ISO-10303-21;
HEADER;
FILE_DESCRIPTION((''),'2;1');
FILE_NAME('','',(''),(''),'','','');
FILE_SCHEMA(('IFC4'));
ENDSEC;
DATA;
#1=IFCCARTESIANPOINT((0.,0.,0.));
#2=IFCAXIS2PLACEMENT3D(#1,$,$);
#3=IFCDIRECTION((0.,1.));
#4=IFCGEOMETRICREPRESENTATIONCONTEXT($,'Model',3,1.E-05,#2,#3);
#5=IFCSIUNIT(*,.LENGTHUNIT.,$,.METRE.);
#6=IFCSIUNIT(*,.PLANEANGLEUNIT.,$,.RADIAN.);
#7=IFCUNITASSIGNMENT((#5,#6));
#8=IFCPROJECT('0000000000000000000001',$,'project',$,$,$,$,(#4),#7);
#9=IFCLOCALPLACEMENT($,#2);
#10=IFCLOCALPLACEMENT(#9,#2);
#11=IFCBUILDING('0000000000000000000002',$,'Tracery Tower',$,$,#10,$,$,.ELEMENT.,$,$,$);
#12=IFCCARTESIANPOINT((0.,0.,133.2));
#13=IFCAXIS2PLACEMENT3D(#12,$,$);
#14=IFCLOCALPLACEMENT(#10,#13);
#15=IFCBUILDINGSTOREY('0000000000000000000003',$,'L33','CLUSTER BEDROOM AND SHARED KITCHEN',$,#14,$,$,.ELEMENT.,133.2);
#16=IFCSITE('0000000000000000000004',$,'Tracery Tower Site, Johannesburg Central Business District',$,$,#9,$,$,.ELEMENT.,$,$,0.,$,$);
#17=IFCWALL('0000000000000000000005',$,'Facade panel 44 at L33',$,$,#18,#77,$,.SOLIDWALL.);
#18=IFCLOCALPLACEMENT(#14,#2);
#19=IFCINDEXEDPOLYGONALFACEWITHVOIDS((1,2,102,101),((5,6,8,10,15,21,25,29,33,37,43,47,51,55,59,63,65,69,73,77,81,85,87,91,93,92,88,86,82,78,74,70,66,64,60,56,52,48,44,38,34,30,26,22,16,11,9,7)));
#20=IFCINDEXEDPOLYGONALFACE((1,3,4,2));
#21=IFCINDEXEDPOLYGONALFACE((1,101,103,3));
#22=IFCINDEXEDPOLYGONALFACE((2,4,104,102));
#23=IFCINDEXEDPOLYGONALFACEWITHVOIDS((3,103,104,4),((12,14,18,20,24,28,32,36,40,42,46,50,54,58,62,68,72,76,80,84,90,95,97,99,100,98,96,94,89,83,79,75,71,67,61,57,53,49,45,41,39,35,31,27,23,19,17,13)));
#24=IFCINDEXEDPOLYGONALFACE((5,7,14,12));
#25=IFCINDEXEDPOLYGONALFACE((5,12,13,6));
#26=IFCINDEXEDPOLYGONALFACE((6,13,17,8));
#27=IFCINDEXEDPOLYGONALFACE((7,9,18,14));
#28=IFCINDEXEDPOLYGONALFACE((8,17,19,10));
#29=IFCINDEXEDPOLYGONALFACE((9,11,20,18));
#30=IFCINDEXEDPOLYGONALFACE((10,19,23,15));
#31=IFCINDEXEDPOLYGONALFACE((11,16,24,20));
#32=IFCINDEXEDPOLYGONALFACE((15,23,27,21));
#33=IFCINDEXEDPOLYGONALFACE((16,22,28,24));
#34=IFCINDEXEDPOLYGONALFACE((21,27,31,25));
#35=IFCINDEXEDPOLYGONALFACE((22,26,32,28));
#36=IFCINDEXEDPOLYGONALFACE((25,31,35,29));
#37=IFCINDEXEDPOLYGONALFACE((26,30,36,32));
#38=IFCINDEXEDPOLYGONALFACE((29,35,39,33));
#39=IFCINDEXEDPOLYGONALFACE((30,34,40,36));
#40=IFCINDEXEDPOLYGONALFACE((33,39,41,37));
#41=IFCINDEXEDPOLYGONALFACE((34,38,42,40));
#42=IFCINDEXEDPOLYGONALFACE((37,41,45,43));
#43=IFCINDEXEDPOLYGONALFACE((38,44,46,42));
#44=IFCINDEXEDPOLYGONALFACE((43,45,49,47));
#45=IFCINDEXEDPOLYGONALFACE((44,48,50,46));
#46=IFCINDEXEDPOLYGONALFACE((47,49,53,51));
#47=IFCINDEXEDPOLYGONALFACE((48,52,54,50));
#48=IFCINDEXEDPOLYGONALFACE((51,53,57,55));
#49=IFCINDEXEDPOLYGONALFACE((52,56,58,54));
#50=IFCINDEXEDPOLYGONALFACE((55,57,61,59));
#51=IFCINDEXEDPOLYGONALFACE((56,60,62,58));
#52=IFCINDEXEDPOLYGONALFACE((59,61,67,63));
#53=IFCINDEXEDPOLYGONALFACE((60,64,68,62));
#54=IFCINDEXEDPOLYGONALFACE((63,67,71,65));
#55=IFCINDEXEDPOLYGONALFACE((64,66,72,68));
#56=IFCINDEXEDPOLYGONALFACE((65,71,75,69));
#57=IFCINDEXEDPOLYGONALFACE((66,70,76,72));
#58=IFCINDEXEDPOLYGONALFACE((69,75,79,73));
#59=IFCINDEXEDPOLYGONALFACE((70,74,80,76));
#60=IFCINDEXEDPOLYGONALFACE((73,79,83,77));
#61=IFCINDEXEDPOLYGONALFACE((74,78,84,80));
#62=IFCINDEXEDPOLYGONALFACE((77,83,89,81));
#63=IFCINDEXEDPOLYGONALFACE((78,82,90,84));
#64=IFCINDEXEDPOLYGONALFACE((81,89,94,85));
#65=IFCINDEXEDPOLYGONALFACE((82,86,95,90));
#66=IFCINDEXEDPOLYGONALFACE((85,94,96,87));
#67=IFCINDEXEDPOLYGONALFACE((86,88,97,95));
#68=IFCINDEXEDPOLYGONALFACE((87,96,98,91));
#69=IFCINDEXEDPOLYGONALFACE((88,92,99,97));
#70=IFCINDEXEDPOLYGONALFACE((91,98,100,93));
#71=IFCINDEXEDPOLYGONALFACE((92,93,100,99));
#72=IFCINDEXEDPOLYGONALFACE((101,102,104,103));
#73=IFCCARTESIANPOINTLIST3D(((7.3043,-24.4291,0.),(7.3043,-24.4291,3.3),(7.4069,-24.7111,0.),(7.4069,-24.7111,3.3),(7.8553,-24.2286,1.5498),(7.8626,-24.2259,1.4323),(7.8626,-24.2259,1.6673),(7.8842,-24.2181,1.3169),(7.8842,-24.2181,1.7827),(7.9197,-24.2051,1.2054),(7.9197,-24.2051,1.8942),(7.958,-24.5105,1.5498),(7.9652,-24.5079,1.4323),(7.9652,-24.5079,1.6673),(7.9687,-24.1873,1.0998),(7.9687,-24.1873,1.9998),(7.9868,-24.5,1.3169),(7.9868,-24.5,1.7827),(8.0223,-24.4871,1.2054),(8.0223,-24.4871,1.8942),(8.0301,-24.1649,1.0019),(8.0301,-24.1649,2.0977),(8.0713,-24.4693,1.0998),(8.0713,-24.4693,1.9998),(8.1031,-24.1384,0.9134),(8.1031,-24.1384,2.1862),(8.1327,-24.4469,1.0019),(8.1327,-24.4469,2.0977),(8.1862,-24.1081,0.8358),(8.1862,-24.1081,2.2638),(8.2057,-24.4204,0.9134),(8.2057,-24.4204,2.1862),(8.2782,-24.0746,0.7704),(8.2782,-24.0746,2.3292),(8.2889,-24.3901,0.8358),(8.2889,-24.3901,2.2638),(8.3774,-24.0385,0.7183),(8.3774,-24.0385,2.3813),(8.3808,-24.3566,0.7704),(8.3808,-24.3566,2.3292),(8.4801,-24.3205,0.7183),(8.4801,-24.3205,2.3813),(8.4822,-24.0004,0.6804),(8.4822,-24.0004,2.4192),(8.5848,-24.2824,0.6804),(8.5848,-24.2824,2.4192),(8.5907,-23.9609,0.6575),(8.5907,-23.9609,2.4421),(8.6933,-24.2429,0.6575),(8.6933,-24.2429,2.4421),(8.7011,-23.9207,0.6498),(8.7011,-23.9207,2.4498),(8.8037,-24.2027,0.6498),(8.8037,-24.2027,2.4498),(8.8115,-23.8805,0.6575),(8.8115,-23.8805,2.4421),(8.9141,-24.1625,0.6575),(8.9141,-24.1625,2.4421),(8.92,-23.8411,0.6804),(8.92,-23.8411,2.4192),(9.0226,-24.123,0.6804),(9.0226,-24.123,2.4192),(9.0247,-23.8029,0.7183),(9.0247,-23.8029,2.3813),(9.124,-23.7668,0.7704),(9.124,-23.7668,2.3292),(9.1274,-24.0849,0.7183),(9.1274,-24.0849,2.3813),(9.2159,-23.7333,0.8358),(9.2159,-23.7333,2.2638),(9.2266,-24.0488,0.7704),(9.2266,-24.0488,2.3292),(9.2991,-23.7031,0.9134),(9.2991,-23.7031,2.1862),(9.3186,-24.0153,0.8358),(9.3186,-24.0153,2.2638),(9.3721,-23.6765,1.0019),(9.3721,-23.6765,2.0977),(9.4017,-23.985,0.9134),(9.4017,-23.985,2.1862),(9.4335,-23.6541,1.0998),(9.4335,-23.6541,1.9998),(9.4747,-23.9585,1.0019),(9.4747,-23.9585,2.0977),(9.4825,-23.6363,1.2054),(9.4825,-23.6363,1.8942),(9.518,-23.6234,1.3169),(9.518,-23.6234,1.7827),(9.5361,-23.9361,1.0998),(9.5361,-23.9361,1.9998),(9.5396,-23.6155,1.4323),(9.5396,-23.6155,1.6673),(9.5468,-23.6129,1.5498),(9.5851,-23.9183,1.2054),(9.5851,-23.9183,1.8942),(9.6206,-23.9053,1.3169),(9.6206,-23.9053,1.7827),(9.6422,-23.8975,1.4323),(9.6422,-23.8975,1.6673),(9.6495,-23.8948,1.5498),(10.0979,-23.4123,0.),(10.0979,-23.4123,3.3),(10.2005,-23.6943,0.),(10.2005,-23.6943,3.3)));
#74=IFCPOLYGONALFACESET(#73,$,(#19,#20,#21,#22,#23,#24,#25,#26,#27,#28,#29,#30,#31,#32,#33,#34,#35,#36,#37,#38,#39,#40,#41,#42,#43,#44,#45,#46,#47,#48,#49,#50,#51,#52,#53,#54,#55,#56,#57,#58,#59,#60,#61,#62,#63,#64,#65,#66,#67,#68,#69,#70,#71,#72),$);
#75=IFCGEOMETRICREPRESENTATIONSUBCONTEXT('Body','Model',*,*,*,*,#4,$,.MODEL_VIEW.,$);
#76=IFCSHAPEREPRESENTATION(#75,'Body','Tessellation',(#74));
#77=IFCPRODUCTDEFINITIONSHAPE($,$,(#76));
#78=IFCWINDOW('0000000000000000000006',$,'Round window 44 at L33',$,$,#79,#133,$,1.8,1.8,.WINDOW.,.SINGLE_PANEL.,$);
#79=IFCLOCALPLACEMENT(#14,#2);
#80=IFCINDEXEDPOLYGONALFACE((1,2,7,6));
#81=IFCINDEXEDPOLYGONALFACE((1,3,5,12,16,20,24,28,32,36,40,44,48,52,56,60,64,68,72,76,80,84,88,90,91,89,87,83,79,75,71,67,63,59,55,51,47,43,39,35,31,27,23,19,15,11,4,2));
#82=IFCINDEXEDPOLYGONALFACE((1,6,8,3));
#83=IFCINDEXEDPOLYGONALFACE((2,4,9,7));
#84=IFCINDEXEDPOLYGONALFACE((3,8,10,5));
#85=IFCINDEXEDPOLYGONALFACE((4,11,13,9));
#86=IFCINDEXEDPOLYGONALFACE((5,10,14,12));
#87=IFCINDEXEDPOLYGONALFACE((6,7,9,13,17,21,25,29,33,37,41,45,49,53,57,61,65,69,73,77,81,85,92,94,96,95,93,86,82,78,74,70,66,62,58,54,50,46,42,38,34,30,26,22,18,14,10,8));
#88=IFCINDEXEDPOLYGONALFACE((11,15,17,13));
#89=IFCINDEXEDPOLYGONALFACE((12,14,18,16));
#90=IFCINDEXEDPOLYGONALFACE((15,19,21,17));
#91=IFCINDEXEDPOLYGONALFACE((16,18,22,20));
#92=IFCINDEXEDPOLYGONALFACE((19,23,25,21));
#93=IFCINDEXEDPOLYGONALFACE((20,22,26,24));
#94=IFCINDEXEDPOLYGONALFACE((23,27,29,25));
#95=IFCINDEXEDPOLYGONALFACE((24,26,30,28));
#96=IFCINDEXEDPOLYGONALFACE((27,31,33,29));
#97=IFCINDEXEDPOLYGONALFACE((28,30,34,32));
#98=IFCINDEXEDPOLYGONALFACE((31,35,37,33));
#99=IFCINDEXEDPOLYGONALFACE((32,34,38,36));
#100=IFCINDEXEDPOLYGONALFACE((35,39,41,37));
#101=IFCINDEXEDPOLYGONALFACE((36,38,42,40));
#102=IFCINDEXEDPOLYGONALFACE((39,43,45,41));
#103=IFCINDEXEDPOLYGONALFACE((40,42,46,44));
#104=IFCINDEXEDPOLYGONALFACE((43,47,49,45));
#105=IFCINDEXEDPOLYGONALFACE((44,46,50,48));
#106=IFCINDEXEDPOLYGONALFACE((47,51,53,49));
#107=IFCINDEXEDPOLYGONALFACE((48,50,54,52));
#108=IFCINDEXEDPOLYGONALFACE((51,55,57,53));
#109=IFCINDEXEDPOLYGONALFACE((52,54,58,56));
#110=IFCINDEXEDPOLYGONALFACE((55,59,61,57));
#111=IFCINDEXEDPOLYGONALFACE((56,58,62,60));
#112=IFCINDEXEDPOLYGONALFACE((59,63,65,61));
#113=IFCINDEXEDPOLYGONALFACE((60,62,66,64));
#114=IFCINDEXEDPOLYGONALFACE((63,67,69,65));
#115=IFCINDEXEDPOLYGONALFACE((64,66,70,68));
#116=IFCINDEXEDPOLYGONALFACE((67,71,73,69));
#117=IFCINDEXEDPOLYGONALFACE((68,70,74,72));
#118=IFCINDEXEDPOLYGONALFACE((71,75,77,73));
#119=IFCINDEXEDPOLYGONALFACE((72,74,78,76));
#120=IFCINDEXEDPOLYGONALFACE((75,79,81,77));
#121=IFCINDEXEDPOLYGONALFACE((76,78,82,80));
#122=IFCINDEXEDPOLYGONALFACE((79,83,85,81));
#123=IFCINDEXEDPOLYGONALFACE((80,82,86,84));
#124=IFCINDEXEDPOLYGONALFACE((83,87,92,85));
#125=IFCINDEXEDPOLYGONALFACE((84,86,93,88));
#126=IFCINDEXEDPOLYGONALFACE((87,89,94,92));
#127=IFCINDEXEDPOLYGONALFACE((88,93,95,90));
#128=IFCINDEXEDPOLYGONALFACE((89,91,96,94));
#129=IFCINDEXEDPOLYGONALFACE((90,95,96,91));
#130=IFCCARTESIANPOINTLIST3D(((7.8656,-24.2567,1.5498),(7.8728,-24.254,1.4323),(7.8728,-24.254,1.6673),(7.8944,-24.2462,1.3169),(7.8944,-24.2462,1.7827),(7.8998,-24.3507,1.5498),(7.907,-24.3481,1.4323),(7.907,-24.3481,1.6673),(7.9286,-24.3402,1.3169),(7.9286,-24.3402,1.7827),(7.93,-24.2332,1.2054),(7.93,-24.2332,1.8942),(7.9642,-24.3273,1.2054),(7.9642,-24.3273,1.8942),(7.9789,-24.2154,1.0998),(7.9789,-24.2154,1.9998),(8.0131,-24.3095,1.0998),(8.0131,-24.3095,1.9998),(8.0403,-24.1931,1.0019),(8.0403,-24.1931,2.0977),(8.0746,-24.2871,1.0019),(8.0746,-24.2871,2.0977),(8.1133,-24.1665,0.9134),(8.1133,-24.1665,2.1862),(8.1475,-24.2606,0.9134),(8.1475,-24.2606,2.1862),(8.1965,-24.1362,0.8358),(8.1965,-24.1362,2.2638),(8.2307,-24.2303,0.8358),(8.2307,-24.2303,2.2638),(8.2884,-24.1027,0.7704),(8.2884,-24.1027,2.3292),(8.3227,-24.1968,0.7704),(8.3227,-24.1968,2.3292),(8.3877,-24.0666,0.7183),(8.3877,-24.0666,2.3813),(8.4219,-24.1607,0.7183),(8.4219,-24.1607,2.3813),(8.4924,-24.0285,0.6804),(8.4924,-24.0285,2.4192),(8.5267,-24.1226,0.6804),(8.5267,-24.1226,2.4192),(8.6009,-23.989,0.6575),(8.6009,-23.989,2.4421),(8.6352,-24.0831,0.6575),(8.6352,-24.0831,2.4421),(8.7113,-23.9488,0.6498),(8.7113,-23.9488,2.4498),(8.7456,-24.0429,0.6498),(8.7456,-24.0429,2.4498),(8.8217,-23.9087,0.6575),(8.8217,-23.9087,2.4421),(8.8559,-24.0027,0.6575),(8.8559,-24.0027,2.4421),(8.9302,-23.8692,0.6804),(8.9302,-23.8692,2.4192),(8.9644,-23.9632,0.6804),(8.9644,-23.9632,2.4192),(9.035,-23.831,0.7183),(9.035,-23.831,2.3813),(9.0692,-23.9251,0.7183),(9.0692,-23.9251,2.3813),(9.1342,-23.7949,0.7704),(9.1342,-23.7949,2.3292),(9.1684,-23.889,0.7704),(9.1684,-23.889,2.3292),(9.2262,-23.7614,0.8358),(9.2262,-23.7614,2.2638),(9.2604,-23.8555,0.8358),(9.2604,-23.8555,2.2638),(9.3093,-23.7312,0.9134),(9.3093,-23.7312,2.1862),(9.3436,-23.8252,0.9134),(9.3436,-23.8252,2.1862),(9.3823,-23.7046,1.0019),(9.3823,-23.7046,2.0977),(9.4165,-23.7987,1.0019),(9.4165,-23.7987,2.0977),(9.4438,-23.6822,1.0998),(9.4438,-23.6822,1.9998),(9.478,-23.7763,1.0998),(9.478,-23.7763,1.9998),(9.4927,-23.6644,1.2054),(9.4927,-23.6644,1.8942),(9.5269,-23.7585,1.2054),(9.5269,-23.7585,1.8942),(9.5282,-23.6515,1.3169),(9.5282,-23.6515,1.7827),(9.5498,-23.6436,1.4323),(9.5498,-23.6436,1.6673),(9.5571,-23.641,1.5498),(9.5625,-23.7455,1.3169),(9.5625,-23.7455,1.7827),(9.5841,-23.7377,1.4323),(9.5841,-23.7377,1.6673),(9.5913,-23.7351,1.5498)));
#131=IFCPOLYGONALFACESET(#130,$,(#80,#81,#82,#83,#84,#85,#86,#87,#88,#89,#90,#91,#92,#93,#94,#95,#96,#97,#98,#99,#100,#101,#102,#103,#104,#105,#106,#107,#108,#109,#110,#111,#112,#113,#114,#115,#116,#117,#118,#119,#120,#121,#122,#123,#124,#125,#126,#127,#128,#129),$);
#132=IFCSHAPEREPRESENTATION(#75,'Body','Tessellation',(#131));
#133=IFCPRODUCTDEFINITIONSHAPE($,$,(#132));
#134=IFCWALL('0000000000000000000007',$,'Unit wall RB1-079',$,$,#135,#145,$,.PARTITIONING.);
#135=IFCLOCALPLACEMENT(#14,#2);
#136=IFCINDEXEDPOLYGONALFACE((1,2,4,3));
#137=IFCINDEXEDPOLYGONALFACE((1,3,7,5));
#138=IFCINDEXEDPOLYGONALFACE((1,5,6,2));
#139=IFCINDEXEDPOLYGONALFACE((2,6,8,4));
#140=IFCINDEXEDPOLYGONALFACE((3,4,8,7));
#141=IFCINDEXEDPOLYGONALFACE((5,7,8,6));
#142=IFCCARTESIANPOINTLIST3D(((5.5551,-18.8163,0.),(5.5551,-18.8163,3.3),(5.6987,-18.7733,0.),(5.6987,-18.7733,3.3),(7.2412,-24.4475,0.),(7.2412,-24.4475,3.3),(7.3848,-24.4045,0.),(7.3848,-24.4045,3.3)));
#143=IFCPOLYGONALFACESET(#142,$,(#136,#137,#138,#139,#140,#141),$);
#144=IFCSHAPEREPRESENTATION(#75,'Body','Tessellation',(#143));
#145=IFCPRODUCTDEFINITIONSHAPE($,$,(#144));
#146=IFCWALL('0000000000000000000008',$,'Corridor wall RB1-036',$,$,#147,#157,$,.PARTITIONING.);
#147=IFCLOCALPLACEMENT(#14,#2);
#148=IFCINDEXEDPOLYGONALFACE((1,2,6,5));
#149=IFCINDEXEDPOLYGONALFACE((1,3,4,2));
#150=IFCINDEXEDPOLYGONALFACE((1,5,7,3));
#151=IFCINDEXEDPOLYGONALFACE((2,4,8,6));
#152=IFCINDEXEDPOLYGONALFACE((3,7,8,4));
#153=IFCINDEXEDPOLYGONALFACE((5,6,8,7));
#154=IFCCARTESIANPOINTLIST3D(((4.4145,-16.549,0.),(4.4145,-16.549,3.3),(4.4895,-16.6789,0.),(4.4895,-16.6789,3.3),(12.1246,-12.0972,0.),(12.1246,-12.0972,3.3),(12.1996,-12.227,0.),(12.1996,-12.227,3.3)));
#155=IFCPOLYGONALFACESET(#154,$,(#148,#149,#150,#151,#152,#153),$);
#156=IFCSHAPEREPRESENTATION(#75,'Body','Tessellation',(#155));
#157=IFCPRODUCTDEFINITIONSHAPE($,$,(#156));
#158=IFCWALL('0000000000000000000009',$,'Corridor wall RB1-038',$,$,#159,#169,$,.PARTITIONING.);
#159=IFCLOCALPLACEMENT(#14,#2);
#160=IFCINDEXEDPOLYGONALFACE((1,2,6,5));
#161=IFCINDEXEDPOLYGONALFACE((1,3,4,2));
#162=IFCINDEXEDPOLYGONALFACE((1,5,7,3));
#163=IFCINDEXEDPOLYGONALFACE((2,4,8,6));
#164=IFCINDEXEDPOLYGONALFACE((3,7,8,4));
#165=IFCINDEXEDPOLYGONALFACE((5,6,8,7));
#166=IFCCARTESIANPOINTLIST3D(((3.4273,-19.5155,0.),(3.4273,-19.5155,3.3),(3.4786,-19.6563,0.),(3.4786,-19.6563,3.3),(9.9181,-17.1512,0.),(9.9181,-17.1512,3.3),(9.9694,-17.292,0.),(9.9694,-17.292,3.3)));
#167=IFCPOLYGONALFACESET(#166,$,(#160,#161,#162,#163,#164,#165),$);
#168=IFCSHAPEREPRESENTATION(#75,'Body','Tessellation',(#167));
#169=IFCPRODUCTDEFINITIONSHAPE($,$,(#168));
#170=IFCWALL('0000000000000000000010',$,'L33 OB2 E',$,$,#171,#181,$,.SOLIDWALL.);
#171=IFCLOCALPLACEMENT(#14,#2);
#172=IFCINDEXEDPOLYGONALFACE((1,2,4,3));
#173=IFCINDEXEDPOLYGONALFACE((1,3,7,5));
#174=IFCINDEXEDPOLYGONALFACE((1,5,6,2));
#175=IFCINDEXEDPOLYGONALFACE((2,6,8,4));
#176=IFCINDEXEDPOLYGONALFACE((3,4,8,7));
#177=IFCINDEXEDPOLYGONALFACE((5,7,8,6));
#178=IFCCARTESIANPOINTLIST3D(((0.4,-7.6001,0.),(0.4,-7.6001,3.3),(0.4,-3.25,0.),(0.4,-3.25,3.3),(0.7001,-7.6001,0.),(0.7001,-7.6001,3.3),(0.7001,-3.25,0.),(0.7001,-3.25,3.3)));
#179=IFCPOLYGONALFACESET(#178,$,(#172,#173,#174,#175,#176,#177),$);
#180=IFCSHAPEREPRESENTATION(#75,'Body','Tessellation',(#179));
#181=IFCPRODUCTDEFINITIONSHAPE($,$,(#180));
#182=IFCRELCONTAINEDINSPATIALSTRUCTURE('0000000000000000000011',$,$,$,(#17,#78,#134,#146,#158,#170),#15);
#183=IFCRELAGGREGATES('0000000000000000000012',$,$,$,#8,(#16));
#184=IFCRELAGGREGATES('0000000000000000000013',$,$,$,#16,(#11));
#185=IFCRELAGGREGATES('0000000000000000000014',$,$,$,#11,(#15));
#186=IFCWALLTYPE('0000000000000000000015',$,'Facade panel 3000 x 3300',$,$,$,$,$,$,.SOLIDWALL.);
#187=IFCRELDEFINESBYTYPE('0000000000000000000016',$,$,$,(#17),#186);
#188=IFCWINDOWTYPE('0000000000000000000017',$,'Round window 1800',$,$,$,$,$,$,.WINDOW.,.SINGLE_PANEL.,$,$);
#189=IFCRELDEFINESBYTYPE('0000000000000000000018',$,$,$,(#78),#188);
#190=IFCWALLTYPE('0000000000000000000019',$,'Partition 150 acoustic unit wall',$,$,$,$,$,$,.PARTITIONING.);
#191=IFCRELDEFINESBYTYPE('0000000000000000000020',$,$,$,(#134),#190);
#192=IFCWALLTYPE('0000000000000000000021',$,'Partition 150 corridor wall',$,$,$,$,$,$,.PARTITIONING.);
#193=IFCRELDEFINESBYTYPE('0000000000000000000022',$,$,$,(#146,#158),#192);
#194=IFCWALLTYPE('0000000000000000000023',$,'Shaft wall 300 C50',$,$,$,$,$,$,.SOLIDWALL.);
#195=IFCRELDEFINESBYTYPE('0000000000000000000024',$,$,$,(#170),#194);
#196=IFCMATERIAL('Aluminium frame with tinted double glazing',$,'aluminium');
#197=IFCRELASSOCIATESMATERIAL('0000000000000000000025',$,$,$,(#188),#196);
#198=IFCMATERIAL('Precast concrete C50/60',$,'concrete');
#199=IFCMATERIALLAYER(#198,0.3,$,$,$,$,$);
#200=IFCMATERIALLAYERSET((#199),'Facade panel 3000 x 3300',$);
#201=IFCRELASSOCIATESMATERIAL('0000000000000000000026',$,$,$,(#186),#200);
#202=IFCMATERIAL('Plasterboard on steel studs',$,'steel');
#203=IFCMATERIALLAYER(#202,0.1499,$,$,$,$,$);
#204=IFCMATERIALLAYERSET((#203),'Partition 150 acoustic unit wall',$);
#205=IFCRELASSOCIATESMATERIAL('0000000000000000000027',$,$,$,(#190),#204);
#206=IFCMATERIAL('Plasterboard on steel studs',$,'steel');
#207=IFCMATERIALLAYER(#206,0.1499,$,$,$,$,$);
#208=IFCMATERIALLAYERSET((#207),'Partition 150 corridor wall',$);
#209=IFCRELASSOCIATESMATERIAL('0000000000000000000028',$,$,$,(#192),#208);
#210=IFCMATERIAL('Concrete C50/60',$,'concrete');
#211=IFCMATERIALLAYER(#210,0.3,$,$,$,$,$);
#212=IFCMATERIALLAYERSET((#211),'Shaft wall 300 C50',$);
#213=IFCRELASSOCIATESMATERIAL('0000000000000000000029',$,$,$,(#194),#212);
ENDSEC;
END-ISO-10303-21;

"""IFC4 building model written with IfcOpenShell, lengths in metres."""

from ifc_helpers import new_model, si_unit, direction, frame, frame_2d, origin, origin_2d, place, context, subcontext, project, spatial, rectangle, circle, extrude, material, layer, layer_set, type_object, element, fill, save


model = new_model("IFC4")

# Units and contexts
model_context = context("Model", 3, precision=1e-05, world=origin(), true_north=direction((0.0, 1.0)))
body_context = subcontext(model_context, "Body", "Model", "MODEL_VIEW")
ifc_project = project(units=[si_unit("LENGTHUNIT", "METRE"), si_unit("PLANEANGLEUNIT", "RADIAN")], contexts=[model_context])

# Site, building, storey
site_placement = place(None, origin())
site = spatial("IfcSite", under=ifc_project, at=site_placement, Name="Tracery Tower Site, Johannesburg Central Business District", CompositionType="ELEMENT", RefElevation=0.0)
building_placement = place(site_placement, origin())
building = spatial("IfcBuilding", under=site, at=building_placement, Name="Tracery Tower", CompositionType="ELEMENT")
storey_placement = place(building_placement, frame((0.0, 0.0, 133.2)))
storey = spatial("IfcBuildingStorey", under=building, at=storey_placement, Name="L33", Description="CLUSTER BEDROOM AND SHARED KITCHEN", CompositionType="ELEMENT", Elevation=133.2)

# Wall, opening, window
ifc_material_1 = material(Name="Aluminium frame with tinted double glazing", Category="aluminium")
window_type = type_object("IfcWindowType", Name="Round window 1800", PartitioningType="SINGLE_PANEL", PredefinedType="WINDOW", material=ifc_material_1)
ifc_material_2 = material(Name="Precast concrete C50/60", Category="concrete")
ifc_layer_1 = layer(ifc_material_2, 0.3)
ifc_layer_set_1 = layer_set([ifc_layer_1], Name="Facade panel 3000 x 3300")
wall_type_1 = type_object("IfcWallType", Name="Facade panel 3000 x 3300", PredefinedType="SOLIDWALL", material=ifc_layer_set_1)
wall_1_placement = place(storey_placement, frame((7.3557, -24.5701, 0.0), z_axis=(0.0, 0.0, 1.0), x_axis=(0.93969, 0.342027, 0.0)))
wall_1 = element("IfcWall", 1, at=wall_1_placement, inside=storey, type_object=wall_type_1, Name="Facade panel 44 at L33", PredefinedType="SOLIDWALL", context=body_context, shape_type="SweptSolid", body=[
    extrude(rectangle(XDim=2.9729, YDim=0.3, at=frame_2d((1.4863, 0.0))), origin(), (0.0, 0.0, 1.0), 3.3),
])
opening_1_placement = place(wall_1_placement, frame((1.4863, 0.0, 1.5498)))
opening_1 = element("IfcOpeningElement", 2, at=opening_1_placement, cuts=wall_1, PredefinedType="OPENING", context=body_context, shape_type="SweptSolid", body=[
    extrude(circle(Radius=0.9, at=origin_2d()), frame((0.0, 0.1599, 0.0), z_axis=(0.0, -1.0, 0.0), x_axis=(1.0, 0.0, 0.0)), (0.0, 0.0, 1.0), 0.3201),
])
window_1_placement = place(opening_1_placement, origin())
window_1 = element("IfcWindow", 3, at=window_1_placement, inside=storey, type_object=window_type, Name="Round window 44 at L33", OverallHeight=1.8, OverallWidth=1.8, PartitioningType="SINGLE_PANEL", PredefinedType="WINDOW", context=body_context, shape_type="SweptSolid", body=[
    extrude(circle(Radius=0.9, at=origin_2d()), frame((0.0, 0.1201, 0.0), z_axis=(0.0, -1.0, 0.0), x_axis=(1.0, 0.0, 0.0)), (0.0, 0.0, 1.0), 0.1001),
])
fill(opening_1, window_1)

# Walls
ifc_material_3 = material(Name="Plasterboard on steel studs", Category="steel")
ifc_layer_2 = layer(ifc_material_3, 0.1499)
ifc_layer_set_2 = layer_set([ifc_layer_2], Name="Partition 150 acoustic unit wall")
wall_type_2 = type_object("IfcWallType", Name="Partition 150 acoustic unit wall", PredefinedType="PARTITIONING", material=ifc_layer_set_2)
wall_2_placement = place(storey_placement, frame((5.627, -18.7949, 0.0), z_axis=(0.0, 0.0, 1.0), x_axis=(0.286833, -0.95798, 0.0)))
element("IfcWall", 4, at=wall_2_placement, inside=storey, type_object=wall_type_2, Name="Unit wall RB1-079", PredefinedType="PARTITIONING", context=body_context, shape_type="SweptSolid", body=[
    extrude(rectangle(XDim=5.8782, YDim=0.1499, at=frame_2d((2.939, 0.0))), origin(), (0.0, 0.0, 1.0), 3.3),
])
ifc_material_4 = material(Name="Plasterboard on steel studs", Category="steel")
ifc_layer_3 = layer(ifc_material_4, 0.1499)
ifc_layer_set_3 = layer_set([ifc_layer_3], Name="Partition 150 corridor wall")
wall_type_3 = type_object("IfcWallType", Name="Partition 150 corridor wall", PredefinedType="PARTITIONING", material=ifc_layer_set_3)
wall_3_placement = place(storey_placement, frame((4.4519, -16.614, 0.0), z_axis=(0.0, 0.0, 1.0), x_axis=(0.866005, 0.500035, 0.0)))
element("IfcWall", 5, at=wall_3_placement, inside=storey, type_object=wall_type_3, Name="Corridor wall RB1-036", PredefinedType="PARTITIONING", context=body_context, shape_type="SweptSolid", body=[
    extrude(rectangle(XDim=8.9031, YDim=0.1499, at=frame_2d((4.4517, 0.0))), origin(), (0.0, 0.0, 1.0), 3.3),
])
wall_4_placement = place(storey_placement, frame((3.4529, -19.5859, 0.0), z_axis=(0.0, 0.0, 1.0), x_axis=(0.939608, 0.342254, 0.0)))
element("IfcWall", 6, at=wall_4_placement, inside=storey, type_object=wall_type_3, Name="Corridor wall RB1-038", PredefinedType="PARTITIONING", context=body_context, shape_type="SweptSolid", body=[
    extrude(rectangle(XDim=6.908, YDim=0.1499, at=frame_2d((3.4541, 0.0))), origin(), (0.0, 0.0, 1.0), 3.3),
])
ifc_material_5 = material(Name="Concrete C50/60", Category="concrete")
ifc_layer_4 = layer(ifc_material_5, 0.3)
ifc_layer_set_4 = layer_set([ifc_layer_4], Name="Shaft wall 300 C50")
wall_type_4 = type_object("IfcWallType", Name="Shaft wall 300 C50", PredefinedType="SOLIDWALL", material=ifc_layer_set_4)
wall_5_placement = place(storey_placement, frame((0.55, -7.6001, 0.0), z_axis=(0.0, 0.0, 1.0), x_axis=(0.0, 1.0, 0.0)))
element("IfcWall", 7, at=wall_5_placement, inside=storey, type_object=wall_type_4, Name="L33 OB2 E", PredefinedType="SOLIDWALL", context=body_context, shape_type="SweptSolid", body=[
    extrude(rectangle(XDim=4.3501, YDim=0.3, at=frame_2d((2.175, 0.0))), origin(), (0.0, 0.0, 1.0), 3.3),
])

save(model, "model.ifc")
